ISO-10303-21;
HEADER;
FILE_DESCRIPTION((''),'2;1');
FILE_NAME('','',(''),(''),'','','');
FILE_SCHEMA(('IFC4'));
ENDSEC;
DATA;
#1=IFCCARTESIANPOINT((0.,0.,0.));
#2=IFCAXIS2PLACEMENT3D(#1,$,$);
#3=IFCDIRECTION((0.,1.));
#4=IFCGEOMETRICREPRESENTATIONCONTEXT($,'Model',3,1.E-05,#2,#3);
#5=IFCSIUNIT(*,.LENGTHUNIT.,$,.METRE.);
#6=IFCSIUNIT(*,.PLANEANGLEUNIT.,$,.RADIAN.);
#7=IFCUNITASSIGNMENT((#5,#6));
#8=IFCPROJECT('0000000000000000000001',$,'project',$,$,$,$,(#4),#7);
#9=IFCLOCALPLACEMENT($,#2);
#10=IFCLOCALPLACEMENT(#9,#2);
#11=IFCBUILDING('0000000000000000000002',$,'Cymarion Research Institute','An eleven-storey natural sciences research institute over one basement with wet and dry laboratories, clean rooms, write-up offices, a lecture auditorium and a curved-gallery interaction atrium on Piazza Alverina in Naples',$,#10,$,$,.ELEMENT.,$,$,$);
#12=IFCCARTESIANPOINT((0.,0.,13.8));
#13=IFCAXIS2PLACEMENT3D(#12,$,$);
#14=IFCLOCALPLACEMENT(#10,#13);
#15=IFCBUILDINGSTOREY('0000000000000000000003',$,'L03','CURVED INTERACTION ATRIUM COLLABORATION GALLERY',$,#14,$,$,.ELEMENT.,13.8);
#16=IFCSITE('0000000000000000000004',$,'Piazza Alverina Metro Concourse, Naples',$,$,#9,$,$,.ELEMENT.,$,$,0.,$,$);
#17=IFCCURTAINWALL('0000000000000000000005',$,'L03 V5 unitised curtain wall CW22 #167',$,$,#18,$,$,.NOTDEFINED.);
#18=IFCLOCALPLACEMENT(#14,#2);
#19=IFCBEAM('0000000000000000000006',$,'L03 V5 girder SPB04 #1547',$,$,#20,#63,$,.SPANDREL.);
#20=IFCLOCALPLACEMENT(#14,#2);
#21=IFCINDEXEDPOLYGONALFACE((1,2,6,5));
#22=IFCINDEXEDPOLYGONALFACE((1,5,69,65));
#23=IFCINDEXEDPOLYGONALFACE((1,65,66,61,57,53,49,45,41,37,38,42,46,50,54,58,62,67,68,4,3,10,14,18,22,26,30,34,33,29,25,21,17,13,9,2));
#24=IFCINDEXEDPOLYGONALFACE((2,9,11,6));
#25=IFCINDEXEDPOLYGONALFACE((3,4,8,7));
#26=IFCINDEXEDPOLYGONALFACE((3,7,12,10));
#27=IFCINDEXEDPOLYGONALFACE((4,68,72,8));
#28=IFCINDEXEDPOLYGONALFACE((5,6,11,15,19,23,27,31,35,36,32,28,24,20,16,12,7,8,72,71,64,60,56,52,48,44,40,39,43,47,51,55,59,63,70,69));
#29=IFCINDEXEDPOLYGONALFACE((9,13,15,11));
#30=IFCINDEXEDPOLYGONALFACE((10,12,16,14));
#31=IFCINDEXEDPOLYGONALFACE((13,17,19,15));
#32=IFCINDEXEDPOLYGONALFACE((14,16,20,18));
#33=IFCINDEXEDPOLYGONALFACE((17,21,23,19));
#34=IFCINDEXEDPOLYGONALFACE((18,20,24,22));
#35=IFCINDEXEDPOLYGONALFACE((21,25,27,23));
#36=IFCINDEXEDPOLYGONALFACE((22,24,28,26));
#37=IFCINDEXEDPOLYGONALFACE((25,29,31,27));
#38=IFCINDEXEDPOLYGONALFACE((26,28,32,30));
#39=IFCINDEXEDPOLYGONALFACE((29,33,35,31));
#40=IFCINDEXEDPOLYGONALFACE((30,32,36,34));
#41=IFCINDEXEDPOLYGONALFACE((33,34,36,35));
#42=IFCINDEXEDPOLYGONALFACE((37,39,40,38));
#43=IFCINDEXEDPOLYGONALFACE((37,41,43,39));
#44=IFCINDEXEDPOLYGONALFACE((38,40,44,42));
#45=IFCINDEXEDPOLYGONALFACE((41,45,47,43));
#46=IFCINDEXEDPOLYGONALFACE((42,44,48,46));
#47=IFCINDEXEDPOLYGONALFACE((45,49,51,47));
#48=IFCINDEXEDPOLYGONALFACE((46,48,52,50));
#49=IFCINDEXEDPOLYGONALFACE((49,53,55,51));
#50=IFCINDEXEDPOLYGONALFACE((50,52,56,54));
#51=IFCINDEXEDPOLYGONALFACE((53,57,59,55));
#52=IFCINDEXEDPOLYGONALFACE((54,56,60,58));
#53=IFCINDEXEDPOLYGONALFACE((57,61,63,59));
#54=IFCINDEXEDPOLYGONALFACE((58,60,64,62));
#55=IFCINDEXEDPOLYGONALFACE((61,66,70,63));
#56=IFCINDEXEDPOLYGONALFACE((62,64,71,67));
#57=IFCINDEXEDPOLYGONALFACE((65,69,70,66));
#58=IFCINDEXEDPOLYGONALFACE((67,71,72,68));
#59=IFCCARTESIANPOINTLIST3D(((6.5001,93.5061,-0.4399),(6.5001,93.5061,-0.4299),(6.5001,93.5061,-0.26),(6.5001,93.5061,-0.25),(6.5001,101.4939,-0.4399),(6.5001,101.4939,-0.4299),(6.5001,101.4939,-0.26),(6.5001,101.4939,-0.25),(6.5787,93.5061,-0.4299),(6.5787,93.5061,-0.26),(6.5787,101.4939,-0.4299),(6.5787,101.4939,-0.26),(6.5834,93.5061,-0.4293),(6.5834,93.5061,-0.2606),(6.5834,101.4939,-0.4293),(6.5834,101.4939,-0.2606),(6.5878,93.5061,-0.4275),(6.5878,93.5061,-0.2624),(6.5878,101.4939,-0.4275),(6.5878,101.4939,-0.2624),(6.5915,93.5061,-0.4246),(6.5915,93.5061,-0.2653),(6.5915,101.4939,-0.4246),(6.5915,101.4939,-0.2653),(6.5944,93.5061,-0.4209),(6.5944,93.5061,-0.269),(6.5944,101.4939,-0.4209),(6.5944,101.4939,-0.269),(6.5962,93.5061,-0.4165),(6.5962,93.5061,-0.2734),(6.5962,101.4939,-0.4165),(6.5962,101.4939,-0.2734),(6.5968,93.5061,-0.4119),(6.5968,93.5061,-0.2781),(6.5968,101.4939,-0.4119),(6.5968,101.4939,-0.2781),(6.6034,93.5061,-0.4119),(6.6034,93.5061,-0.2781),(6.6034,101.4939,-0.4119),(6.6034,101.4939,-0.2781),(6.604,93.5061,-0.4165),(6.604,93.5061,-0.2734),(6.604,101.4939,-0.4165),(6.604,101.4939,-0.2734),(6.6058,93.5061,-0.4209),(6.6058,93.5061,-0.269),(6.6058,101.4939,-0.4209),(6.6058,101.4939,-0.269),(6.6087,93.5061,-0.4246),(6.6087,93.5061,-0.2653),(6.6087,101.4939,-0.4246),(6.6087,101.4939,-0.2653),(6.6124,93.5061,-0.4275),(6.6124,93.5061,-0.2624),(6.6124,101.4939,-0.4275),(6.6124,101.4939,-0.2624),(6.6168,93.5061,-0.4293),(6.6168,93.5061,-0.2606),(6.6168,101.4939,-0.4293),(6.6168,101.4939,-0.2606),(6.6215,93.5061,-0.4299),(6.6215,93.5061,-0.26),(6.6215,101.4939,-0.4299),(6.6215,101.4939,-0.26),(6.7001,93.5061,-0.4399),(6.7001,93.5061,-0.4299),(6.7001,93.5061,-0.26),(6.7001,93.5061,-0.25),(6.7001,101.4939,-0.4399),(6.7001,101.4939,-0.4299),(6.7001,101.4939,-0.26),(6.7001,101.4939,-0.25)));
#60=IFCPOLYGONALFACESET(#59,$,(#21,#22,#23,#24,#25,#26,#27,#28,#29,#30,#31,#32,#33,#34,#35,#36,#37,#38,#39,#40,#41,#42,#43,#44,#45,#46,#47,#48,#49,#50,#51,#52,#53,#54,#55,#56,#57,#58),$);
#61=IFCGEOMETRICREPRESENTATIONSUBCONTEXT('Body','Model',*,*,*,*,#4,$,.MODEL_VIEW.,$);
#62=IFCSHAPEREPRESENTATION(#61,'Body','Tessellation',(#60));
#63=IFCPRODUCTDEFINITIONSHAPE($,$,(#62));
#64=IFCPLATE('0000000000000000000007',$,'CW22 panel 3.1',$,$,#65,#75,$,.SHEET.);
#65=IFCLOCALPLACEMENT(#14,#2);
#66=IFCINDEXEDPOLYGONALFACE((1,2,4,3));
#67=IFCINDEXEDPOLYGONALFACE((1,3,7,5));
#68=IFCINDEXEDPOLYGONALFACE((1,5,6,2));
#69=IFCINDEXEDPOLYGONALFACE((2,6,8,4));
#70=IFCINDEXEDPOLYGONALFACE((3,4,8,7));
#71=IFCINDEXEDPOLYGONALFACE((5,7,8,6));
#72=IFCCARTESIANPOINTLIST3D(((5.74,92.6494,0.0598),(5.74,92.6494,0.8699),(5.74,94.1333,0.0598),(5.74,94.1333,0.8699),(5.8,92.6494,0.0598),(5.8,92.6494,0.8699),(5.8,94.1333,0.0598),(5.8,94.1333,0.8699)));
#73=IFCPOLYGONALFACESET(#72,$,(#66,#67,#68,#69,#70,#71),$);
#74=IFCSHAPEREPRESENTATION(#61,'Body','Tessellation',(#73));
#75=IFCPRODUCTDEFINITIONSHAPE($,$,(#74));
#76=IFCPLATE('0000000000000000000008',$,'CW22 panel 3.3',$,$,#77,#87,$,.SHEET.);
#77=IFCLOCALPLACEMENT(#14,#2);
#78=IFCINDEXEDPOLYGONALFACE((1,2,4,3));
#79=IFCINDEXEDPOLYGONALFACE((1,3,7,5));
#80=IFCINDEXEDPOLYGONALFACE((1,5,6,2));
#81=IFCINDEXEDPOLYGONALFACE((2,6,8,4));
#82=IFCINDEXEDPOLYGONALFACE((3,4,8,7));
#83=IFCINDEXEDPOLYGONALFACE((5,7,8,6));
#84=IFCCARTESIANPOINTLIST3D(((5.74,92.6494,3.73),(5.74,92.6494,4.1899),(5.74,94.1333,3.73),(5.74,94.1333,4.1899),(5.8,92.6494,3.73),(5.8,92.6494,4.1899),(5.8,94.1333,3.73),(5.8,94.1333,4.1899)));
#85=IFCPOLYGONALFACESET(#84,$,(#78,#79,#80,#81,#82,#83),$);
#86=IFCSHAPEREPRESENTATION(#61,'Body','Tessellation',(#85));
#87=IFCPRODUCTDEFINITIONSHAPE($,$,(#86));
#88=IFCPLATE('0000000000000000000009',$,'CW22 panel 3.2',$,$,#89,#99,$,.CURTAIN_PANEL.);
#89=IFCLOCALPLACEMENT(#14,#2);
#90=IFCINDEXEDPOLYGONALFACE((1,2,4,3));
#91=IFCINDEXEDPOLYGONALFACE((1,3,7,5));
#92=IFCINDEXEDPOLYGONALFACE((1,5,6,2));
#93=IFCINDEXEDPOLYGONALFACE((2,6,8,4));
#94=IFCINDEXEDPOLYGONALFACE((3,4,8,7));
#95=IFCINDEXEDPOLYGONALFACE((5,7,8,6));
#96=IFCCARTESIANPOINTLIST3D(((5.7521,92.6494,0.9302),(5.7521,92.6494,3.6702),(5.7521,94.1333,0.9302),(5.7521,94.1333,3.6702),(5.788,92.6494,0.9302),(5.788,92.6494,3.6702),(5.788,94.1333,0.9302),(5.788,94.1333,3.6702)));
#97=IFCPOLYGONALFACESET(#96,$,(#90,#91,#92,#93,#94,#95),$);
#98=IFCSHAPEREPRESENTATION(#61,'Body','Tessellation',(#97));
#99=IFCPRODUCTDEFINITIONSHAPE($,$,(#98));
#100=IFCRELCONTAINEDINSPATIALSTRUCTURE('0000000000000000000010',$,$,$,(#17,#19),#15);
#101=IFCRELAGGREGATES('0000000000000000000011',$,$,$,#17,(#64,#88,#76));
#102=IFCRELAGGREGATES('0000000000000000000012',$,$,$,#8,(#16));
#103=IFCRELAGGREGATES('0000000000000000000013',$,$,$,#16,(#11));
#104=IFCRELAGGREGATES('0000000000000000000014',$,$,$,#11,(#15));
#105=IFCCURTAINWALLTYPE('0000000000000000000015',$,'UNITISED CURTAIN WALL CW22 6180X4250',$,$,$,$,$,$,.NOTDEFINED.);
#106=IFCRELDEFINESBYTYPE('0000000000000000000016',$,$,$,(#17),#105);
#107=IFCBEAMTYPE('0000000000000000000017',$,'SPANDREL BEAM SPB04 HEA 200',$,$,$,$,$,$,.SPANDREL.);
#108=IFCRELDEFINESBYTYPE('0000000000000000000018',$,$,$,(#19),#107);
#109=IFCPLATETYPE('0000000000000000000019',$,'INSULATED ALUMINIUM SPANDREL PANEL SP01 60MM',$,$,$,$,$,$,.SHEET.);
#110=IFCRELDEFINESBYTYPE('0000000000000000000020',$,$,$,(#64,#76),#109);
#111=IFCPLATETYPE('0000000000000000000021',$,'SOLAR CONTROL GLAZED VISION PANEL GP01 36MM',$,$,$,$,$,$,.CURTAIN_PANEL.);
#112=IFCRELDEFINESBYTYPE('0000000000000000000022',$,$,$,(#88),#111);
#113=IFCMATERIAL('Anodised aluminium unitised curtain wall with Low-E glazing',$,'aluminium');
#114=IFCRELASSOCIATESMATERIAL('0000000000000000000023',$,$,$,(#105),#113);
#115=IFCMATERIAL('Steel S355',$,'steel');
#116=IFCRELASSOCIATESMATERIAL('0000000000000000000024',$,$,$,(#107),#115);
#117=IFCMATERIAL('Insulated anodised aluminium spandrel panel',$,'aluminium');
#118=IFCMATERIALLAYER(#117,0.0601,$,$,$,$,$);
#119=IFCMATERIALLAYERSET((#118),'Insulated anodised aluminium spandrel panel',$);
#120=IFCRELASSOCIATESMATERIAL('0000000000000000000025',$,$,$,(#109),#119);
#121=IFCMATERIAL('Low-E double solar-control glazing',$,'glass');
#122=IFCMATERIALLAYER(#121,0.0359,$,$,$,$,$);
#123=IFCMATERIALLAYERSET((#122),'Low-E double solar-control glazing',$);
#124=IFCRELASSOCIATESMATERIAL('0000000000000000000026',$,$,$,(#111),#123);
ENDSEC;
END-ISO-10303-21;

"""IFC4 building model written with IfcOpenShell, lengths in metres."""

from ifc_helpers import new_model, si_unit, direction, frame, origin, origin_2d, place, context, subcontext, project, spatial, rectangle, i_section, extrude, material, layer, layer_set, material_profile, profile_set, type_object, element, aggregate, save


model = new_model("IFC4")

# Units and contexts
model_context = context("Model", 3, precision=1e-05, world=origin(), true_north=direction((0.0, 1.0)))
body_context = subcontext(model_context, "Body", "Model", "MODEL_VIEW")
ifc_project = project(units=[si_unit("LENGTHUNIT", "METRE"), si_unit("PLANEANGLEUNIT", "RADIAN")], contexts=[model_context])

# Site, building, storey
site_placement = place(None, origin())
site = spatial("IfcSite", under=ifc_project, at=site_placement, Name="Piazza Alverina Metro Concourse, Naples", CompositionType="ELEMENT", RefElevation=0.0)
building_placement = place(site_placement, origin())
building = spatial("IfcBuilding", under=site, at=building_placement, Name="Cymarion Research Institute", Description="An eleven-storey natural sciences research institute over one basement with wet and dry laboratories, clean rooms, write-up offices, a lecture auditorium and a curved-gallery interaction atrium on Piazza Alverina in Naples", CompositionType="ELEMENT")
storey_placement = place(building_placement, frame((0.0, 0.0, 13.8)))
storey = spatial("IfcBuildingStorey", under=building, at=storey_placement, Name="L03", Description="CURVED INTERACTION ATRIUM COLLABORATION GALLERY", CompositionType="ELEMENT", Elevation=13.8)

# Shared definitions
ifc_material_1 = material(Name="Steel S355", Category="steel")

# Curtain wall
ifc_material_2 = material(Name="Anodised aluminium unitised curtain wall with Low-E glazing", Category="aluminium")
curtain_wall_type = type_object("IfcCurtainWallType", Name="UNITISED CURTAIN WALL CW22 6180X4250", PredefinedType="NOTDEFINED", material=ifc_material_2)
curtain_wall_placement = place(storey_placement, origin())
curtain_wall = element("IfcCurtainWall", 1, at=curtain_wall_placement, inside=storey, type_object=curtain_wall_type, Name="L03 V5 unitised curtain wall CW22 #167", PredefinedType="NOTDEFINED")

# Beam
ifc_material_profile_1 = material_profile(ifc_material_1, i_section(OverallWidth=0.2, OverallDepth=0.1899, WebThickness=0.0066, FlangeThickness=0.01, FilletRadius=0.0181, at=origin_2d()), Name="HEA 200")
ifc_profile_set_1 = profile_set([ifc_material_profile_1], Name="Steel S355")
beam_type_1 = type_object("IfcBeamType", Name="SPANDREL BEAM SPB04 HEA 200", PredefinedType="SPANDREL", material=ifc_profile_set_1)
beam_1_placement = place(storey_placement, frame((6.6001, 93.5061, -0.345), z_axis=(0.0, 1.0, 0.0), x_axis=(-1.0, 0.0, 0.0)))
element("IfcBeam", 2, at=beam_1_placement, inside=storey, type_object=beam_type_1, Name="L03 V5 girder SPB04 #1547", PredefinedType="SPANDREL", context=body_context, shape_type="SweptSolid", body=[
    extrude(i_section(OverallWidth=0.2, OverallDepth=0.1899, WebThickness=0.0066, FlangeThickness=0.01, FilletRadius=0.0181, at=origin_2d()), origin(), (0.0, 0.0, 1.0), 7.9878),
])

# Plates
ifc_material_3 = material(Name="Insulated anodised aluminium spandrel panel", Category="aluminium")
ifc_layer_1 = layer(ifc_material_3, 0.0601)
ifc_layer_set_1 = layer_set([ifc_layer_1], Name="Insulated anodised aluminium spandrel panel")
plate_type_1 = type_object("IfcPlateType", Name="INSULATED ALUMINIUM SPANDREL PANEL SP01 60MM", PredefinedType="SHEET", material=ifc_layer_set_1)
plate_1_placement = place(storey_placement, frame((5.77, 93.3914, 0.0598), z_axis=(0.0, 0.0, 1.0), x_axis=(0.0, -1.0, 0.0)))
plate_1 = element("IfcPlate", 3, at=plate_1_placement, type_object=plate_type_1, Name="CW22 panel 3.1", PredefinedType="SHEET", context=body_context, shape_type="SweptSolid", body=[
    extrude(rectangle(XDim=1.4839, YDim=0.0601, at=origin_2d()), origin(), (0.0, 0.0, 1.0), 0.8101),
])
plate_2_placement = place(storey_placement, frame((5.77, 93.3914, 3.73), z_axis=(0.0, 0.0, 1.0), x_axis=(0.0, -1.0, 0.0)))
plate_2 = element("IfcPlate", 4, at=plate_2_placement, type_object=plate_type_1, Name="CW22 panel 3.3", PredefinedType="SHEET", context=body_context, shape_type="SweptSolid", body=[
    extrude(rectangle(XDim=1.4839, YDim=0.0601, at=origin_2d()), origin(), (0.0, 0.0, 1.0), 0.46),
])
ifc_material_4 = material(Name="Low-E double solar-control glazing", Category="glass")
ifc_layer_2 = layer(ifc_material_4, 0.0359)
ifc_layer_set_2 = layer_set([ifc_layer_2], Name="Low-E double solar-control glazing")
plate_type_2 = type_object("IfcPlateType", Name="SOLAR CONTROL GLAZED VISION PANEL GP01 36MM", PredefinedType="CURTAIN_PANEL", material=ifc_layer_set_2)
plate_3_placement = place(storey_placement, frame((5.77, 93.3914, 0.9302), z_axis=(0.0, 0.0, 1.0), x_axis=(0.0, -1.0, 0.0)))
plate_3 = element("IfcPlate", 5, at=plate_3_placement, type_object=plate_type_2, Name="CW22 panel 3.2", PredefinedType="CURTAIN_PANEL", context=body_context, shape_type="SweptSolid", body=[
    extrude(rectangle(XDim=1.4839, YDim=0.0359, at=origin_2d()), origin(), (0.0, 0.0, 1.0), 2.74),
])
aggregate(curtain_wall, [plate_1, plate_3, plate_2])

save(model, "model.ifc")
